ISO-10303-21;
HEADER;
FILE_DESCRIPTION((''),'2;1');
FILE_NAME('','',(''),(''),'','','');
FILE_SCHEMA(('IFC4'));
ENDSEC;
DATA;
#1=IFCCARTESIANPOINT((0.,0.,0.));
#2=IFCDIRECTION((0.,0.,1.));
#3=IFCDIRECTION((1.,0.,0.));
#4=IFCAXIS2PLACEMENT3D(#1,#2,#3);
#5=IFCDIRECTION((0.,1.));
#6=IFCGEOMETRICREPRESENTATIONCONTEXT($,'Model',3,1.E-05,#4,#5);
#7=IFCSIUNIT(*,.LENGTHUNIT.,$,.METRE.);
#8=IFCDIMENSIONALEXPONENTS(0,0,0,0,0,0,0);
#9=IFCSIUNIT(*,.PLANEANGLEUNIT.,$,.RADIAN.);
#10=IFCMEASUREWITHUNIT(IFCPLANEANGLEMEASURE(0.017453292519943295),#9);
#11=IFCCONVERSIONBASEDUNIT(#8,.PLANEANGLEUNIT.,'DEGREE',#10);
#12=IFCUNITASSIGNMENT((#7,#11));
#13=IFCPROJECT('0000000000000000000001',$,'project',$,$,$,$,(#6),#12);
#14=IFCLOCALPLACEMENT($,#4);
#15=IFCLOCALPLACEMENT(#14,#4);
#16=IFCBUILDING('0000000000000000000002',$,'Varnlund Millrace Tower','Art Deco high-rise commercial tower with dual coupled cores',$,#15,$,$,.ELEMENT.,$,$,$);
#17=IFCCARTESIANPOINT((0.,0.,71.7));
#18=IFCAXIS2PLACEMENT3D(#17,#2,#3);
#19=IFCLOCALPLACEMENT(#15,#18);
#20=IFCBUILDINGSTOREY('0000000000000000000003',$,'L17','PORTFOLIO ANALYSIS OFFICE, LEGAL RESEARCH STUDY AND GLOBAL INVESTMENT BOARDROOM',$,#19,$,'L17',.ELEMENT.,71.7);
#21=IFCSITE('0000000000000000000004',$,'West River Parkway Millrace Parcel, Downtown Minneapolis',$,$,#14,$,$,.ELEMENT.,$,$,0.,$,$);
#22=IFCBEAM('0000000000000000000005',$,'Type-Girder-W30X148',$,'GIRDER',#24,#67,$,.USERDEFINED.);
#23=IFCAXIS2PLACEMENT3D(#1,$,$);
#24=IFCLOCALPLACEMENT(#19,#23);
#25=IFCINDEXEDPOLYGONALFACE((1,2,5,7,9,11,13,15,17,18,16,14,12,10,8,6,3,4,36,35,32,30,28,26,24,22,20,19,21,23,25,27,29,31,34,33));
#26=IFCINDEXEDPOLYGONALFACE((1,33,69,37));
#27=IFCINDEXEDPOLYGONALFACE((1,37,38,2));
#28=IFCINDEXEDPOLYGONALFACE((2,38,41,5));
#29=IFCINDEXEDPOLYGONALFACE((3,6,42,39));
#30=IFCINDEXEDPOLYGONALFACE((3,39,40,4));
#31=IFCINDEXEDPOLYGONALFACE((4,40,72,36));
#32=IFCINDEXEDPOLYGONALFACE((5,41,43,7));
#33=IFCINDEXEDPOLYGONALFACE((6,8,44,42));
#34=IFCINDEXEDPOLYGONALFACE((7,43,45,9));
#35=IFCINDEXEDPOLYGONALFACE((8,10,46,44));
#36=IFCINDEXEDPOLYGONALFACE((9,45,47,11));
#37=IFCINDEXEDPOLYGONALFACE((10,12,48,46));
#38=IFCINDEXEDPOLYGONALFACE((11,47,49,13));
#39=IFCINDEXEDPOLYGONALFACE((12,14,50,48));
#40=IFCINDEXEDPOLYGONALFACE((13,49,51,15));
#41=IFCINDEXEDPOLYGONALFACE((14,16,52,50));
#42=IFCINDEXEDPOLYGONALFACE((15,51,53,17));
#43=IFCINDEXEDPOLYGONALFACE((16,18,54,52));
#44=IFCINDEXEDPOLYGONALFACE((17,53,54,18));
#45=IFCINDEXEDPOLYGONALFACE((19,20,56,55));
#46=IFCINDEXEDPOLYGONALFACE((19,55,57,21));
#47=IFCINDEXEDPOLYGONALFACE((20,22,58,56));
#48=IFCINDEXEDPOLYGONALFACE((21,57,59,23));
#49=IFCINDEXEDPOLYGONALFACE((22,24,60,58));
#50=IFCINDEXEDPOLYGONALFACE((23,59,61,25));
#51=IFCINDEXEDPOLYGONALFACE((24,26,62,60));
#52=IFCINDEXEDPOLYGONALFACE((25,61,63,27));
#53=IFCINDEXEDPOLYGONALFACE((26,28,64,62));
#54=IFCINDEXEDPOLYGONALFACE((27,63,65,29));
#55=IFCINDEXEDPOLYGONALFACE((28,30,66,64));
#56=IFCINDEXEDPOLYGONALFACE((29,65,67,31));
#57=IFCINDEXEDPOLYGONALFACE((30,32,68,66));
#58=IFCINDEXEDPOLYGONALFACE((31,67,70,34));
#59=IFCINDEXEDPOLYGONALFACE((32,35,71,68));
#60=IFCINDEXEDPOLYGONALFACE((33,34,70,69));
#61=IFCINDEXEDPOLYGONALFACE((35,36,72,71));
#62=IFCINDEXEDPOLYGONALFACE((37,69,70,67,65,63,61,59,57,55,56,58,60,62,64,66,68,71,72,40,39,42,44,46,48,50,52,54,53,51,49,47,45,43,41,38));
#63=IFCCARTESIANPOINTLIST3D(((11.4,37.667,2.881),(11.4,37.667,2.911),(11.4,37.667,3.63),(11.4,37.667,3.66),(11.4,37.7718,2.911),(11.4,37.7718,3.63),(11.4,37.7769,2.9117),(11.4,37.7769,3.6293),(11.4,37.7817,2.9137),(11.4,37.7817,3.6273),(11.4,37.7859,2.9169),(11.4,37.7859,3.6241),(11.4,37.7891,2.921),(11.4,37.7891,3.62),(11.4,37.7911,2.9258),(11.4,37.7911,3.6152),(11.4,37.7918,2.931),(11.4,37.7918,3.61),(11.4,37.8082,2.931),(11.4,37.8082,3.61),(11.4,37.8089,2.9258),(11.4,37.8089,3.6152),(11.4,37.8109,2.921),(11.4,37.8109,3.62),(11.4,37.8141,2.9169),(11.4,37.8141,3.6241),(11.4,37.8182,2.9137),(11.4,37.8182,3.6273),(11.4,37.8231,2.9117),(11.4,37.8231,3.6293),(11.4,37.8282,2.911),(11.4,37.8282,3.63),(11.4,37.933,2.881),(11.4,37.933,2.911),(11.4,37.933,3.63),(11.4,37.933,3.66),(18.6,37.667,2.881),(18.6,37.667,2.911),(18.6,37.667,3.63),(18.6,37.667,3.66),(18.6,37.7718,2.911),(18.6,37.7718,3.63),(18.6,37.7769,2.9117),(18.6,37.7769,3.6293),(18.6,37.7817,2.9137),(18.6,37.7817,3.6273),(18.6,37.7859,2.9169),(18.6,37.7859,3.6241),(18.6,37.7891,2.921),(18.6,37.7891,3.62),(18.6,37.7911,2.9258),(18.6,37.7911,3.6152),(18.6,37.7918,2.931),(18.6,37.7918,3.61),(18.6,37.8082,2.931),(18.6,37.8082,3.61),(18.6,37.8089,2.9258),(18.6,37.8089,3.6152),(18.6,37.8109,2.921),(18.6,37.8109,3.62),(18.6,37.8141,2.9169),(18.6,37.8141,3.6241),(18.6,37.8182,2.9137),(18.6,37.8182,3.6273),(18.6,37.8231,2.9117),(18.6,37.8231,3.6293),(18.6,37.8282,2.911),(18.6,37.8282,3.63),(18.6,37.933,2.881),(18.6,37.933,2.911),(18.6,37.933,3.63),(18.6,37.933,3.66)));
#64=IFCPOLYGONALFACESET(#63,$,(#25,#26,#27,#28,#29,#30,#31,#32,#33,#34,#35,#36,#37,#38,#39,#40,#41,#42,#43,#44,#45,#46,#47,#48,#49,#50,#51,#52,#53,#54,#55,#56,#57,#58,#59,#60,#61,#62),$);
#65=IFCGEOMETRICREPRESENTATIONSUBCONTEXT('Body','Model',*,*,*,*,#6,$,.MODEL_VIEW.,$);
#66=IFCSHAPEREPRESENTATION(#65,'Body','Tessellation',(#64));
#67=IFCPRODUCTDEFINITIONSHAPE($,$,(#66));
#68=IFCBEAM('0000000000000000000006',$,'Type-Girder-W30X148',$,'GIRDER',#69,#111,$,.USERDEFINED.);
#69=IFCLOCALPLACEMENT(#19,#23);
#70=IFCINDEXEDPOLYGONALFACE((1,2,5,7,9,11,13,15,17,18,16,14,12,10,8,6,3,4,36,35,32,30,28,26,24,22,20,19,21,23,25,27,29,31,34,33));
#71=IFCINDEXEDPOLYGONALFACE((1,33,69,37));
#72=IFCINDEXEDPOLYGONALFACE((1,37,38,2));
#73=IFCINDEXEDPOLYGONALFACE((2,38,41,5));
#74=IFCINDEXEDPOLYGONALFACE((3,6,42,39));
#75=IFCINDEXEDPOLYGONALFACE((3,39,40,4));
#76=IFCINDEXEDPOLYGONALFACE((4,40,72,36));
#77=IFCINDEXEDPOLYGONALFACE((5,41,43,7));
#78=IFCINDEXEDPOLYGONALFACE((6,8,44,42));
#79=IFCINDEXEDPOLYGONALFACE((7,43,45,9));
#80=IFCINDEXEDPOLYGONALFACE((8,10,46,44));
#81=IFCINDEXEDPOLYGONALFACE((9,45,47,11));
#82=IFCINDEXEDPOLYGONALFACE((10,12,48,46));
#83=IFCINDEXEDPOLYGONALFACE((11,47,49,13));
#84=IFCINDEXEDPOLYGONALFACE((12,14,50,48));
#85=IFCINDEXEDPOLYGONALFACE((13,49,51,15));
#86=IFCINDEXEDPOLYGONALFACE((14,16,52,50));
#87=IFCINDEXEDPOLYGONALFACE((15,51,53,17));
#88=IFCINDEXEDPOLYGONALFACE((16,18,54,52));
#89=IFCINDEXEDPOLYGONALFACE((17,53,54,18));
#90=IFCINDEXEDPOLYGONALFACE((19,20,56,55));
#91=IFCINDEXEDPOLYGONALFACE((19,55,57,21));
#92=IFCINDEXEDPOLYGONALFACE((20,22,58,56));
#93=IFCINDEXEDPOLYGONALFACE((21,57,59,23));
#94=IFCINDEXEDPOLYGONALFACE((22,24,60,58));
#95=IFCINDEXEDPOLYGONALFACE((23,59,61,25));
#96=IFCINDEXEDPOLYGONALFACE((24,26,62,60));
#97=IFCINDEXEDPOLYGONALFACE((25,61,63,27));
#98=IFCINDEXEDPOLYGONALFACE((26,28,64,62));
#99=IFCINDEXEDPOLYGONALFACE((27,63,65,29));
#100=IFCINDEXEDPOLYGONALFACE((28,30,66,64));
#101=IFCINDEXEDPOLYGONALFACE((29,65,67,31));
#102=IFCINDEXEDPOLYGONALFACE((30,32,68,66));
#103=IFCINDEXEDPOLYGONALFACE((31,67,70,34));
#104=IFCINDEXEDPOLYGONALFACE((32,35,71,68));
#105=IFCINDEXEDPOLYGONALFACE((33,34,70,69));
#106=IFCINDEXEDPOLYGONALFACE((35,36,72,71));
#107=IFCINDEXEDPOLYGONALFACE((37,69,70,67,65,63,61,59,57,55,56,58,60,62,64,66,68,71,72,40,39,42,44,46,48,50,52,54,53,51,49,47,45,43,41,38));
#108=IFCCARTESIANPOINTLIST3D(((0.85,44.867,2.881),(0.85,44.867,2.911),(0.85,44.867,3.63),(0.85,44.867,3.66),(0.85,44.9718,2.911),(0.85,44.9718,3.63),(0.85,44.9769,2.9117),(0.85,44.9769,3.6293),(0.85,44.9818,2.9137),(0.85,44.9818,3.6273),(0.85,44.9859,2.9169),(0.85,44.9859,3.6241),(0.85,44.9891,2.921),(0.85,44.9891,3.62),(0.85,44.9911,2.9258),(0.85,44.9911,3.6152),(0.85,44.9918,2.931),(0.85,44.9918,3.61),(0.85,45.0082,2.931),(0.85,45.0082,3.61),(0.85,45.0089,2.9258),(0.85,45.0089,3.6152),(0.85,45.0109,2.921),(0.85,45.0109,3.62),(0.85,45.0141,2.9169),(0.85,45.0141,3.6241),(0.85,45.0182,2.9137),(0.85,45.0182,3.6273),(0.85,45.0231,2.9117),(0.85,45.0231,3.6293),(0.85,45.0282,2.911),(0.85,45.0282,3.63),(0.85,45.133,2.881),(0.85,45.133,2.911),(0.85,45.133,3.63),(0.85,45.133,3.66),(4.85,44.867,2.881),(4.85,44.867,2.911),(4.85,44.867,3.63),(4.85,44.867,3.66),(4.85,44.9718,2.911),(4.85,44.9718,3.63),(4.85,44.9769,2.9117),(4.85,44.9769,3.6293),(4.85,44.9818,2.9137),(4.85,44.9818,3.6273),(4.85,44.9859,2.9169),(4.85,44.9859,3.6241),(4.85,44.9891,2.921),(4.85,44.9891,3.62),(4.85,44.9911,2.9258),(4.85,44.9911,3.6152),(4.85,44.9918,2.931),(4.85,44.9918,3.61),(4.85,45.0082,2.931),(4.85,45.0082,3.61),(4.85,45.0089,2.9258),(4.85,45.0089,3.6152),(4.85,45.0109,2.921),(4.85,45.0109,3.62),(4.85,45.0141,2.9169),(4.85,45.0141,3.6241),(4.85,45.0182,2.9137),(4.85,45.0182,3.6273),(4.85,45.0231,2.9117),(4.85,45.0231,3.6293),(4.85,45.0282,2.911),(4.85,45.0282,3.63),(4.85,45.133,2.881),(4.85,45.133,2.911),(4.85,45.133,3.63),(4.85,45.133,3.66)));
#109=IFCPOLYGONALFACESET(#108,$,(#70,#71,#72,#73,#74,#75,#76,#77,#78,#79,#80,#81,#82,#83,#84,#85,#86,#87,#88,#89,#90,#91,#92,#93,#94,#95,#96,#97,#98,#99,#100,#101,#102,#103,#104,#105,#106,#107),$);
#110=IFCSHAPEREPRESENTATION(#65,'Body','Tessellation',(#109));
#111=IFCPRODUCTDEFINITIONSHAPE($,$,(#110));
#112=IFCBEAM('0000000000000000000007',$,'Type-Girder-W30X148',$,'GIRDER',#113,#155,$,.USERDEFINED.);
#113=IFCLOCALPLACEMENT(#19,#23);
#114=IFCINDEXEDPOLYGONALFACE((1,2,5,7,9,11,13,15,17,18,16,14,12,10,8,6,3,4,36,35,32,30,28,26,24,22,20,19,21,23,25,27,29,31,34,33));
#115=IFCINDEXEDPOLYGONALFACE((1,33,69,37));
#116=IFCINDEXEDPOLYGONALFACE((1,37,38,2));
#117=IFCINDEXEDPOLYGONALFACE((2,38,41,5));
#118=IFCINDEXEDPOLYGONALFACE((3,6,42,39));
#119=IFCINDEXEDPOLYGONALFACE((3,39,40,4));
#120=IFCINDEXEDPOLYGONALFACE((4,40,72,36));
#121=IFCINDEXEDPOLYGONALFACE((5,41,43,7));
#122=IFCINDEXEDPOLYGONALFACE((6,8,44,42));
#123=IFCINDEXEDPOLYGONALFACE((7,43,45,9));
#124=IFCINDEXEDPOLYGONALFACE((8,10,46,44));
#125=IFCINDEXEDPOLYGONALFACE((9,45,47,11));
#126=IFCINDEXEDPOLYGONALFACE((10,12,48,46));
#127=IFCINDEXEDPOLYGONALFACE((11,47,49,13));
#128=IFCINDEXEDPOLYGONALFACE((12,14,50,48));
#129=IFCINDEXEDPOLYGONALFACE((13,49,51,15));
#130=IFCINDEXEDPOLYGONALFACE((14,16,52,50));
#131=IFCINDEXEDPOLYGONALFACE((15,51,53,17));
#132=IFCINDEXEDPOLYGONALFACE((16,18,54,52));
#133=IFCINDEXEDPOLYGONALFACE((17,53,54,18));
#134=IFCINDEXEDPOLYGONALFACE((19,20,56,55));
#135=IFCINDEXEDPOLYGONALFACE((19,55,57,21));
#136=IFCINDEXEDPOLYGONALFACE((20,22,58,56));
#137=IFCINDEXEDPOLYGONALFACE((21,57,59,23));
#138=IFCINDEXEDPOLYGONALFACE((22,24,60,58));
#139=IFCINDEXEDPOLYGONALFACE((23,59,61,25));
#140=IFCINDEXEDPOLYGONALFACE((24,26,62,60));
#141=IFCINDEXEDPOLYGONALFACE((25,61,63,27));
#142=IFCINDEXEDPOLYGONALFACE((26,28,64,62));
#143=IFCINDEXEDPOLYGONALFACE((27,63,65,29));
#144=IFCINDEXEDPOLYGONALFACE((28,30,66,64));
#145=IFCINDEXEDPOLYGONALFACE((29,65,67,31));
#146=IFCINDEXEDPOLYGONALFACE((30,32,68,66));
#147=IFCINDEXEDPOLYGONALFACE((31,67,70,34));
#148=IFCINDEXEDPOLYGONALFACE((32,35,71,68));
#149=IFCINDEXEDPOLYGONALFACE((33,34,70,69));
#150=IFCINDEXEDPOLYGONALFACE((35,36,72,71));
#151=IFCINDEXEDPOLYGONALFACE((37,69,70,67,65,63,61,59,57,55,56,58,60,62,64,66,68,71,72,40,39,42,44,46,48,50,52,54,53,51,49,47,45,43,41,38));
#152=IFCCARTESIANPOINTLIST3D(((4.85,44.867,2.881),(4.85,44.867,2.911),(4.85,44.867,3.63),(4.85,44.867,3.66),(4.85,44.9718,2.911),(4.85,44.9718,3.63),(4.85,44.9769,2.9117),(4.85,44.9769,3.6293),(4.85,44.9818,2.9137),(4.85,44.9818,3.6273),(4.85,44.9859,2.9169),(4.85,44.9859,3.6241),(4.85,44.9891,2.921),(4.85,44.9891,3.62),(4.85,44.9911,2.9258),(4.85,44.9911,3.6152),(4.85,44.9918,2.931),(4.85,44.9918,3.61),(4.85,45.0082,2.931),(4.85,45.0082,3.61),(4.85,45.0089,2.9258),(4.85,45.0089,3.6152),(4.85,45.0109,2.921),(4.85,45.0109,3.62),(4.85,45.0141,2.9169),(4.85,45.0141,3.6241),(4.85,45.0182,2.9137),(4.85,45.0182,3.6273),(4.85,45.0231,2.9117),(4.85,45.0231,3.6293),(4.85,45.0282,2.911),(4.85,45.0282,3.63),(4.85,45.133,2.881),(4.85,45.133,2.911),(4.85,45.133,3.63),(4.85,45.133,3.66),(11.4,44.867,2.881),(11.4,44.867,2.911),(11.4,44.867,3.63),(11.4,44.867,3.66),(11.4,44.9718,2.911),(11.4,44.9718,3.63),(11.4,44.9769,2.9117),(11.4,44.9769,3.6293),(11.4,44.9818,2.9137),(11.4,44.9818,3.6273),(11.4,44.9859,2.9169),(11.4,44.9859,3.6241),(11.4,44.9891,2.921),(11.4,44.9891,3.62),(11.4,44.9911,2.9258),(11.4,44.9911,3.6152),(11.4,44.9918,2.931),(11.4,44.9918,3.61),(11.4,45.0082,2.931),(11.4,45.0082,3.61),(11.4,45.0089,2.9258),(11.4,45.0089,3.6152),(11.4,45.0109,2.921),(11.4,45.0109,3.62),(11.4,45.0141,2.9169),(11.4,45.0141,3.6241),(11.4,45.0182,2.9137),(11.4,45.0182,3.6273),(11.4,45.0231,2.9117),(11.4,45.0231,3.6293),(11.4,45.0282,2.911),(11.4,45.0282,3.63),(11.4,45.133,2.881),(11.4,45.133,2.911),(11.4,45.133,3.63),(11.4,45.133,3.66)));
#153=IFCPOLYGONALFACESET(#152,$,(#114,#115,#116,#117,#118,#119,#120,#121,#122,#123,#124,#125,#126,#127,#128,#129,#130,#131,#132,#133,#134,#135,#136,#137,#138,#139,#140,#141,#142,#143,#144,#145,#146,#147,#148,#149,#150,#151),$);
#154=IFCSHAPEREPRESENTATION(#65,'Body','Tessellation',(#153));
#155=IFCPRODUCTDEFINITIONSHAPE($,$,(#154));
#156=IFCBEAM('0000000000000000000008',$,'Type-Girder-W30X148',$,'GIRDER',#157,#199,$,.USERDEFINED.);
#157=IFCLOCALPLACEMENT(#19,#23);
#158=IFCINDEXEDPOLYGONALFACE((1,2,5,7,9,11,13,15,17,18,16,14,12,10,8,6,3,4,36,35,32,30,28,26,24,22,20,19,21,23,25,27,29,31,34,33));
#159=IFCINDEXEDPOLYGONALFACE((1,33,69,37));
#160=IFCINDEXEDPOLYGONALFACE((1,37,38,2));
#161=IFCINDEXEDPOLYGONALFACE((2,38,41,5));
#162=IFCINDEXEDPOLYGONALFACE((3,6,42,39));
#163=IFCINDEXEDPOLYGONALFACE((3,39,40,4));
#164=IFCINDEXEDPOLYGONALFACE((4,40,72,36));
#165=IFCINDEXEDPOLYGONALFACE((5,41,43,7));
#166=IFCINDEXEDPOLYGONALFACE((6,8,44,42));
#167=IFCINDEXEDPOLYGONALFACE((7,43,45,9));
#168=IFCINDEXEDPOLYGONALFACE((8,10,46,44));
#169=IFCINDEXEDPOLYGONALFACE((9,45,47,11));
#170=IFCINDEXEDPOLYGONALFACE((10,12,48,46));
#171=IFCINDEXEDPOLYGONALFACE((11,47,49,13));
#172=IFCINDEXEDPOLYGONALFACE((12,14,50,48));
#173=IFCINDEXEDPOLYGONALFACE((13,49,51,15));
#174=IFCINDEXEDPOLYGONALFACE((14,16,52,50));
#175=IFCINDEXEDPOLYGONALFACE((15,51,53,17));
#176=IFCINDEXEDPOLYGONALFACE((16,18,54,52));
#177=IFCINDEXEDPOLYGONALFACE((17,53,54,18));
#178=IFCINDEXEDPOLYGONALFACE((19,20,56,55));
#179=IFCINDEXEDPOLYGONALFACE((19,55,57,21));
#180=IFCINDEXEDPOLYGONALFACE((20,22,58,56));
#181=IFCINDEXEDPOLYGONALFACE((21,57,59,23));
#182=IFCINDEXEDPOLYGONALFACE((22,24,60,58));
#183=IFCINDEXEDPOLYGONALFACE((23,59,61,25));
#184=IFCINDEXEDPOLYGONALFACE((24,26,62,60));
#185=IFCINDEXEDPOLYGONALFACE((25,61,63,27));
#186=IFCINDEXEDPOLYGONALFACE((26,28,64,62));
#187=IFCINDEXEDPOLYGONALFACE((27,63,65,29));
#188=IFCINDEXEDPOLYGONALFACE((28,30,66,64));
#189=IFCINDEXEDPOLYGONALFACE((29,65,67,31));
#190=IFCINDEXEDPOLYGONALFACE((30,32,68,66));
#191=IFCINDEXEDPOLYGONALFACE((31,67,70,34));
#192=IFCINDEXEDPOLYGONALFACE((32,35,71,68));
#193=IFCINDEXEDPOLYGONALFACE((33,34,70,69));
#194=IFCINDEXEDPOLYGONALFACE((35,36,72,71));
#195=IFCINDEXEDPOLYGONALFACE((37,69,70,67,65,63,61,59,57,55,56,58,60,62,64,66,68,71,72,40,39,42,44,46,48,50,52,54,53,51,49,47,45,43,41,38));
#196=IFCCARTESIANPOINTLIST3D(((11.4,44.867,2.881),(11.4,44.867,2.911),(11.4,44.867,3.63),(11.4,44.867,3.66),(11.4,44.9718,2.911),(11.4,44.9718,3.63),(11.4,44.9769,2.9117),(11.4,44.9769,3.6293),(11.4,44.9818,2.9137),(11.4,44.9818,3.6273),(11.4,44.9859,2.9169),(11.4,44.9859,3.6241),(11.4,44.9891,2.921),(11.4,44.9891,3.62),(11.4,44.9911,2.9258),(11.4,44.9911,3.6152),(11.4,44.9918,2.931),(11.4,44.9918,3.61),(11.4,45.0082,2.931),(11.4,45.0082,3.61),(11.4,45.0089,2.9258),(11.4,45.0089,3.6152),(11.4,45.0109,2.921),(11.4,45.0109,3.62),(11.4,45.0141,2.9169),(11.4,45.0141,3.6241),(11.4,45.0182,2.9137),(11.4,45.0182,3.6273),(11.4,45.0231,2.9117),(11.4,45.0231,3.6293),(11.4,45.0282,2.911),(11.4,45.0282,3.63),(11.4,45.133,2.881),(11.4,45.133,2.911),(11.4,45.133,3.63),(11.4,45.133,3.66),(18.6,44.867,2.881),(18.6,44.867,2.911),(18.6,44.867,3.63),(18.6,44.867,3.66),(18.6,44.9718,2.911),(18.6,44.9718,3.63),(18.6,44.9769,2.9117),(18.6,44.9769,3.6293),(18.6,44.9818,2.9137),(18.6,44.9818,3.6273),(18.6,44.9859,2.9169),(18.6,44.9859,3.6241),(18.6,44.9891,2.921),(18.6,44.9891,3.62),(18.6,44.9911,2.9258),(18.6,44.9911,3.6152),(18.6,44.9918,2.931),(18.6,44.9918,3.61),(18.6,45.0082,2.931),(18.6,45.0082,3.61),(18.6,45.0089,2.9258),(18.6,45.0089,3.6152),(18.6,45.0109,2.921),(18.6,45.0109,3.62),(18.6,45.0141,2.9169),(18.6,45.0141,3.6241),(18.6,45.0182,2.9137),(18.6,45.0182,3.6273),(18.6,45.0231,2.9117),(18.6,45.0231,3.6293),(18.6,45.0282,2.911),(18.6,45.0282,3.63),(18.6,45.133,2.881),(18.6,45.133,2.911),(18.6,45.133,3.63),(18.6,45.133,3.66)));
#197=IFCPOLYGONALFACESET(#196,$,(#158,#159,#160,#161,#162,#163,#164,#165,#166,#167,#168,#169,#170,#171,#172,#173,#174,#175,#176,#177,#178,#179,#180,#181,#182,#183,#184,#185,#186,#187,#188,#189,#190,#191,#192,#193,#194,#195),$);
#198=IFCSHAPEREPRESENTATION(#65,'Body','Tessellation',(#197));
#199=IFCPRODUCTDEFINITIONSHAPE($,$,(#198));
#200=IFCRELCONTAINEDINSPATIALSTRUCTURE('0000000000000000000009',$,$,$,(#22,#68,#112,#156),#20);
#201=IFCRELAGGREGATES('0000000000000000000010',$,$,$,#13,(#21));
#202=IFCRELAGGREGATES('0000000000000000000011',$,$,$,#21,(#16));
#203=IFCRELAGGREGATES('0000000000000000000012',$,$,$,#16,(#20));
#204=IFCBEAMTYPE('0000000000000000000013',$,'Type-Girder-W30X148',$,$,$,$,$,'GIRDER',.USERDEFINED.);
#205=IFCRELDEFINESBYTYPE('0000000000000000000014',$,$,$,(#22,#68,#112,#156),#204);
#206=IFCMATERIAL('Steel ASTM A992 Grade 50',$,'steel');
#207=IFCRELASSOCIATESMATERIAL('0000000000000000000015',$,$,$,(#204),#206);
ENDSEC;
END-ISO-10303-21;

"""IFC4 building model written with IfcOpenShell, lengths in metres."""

from ifc_helpers import new_model, entity, si_unit, converted_unit, direction, frame, origin_with_axes, origin_2d_with_axis, place, context, subcontext, project, spatial, i_section, extrude, material, material_profile, profile_set, type_object, element, save


model = new_model("IFC4")

# Units and contexts
model_context = context("Model", 3, precision=1e-05, world=origin_with_axes(), true_north=direction((0.0, 1.0)))
body_context = subcontext(model_context, "Body", "Model", "MODEL_VIEW")
ifc_project = project(units=[si_unit("LENGTHUNIT", "METRE"), converted_unit("PLANEANGLEUNIT", "DEGREE", entity("IfcPlaneAngleMeasure", 0.017453292519943295), si_unit("PLANEANGLEUNIT", "RADIAN"), dimensions=[0, 0, 0, 0, 0, 0, 0])], contexts=[model_context])

# Site, building, storey
site_placement = place(None, origin_with_axes())
site = spatial("IfcSite", under=ifc_project, at=site_placement, Name="West River Parkway Millrace Parcel, Downtown Minneapolis", CompositionType="ELEMENT", RefElevation=0.0)
building_placement = place(site_placement, origin_with_axes())
building = spatial("IfcBuilding", under=site, at=building_placement, Name="Varnlund Millrace Tower", Description="Art Deco high-rise commercial tower with dual coupled cores", CompositionType="ELEMENT")
storey_placement = place(building_placement, frame((0.0, 0.0, 71.7), z_axis=(0.0, 0.0, 1.0), x_axis=(1.0, 0.0, 0.0)))
storey = spatial("IfcBuildingStorey", under=building, at=storey_placement, Name="L17", Description="PORTFOLIO ANALYSIS OFFICE, LEGAL RESEARCH STUDY AND GLOBAL INVESTMENT BOARDROOM", LongName="L17", CompositionType="ELEMENT", Elevation=71.7)

# Beams
ifc_material_1 = material(Name="Steel ASTM A992 Grade 50", Category="steel")
ifc_material_profile_1 = material_profile(ifc_material_1, i_section(OverallWidth=0.266, OverallDepth=0.779, WebThickness=0.0165, FlangeThickness=0.03, FilletRadius=0.02, at=origin_2d_with_axis()), Name="Steel ASTM A992 Grade 50")
ifc_profile_set_1 = profile_set([ifc_material_profile_1], Name="Steel ASTM A992 Grade 50")
beam_type_1 = type_object("IfcBeamType", Name="Type-Girder-W30X148", ElementType="GIRDER", PredefinedType="USERDEFINED", material=ifc_profile_set_1)
beam_1_placement = place(storey_placement, frame((11.4, 37.8, 3.2705), z_axis=(1.0, 0.0, 0.0), x_axis=(0.0, 1.0, 0.0)))
element("IfcBeam", 1, at=beam_1_placement, inside=storey, type_object=beam_type_1, Name="Type-Girder-W30X148", ObjectType="GIRDER", PredefinedType="USERDEFINED", context=body_context, shape_type="SweptSolid", body=[
    extrude(i_section(OverallWidth=0.266, OverallDepth=0.779, WebThickness=0.0165, FlangeThickness=0.03, FilletRadius=0.02, at=origin_2d_with_axis()), origin_with_axes(), (0.0, 0.0, 1.0), 7.2),
])
beam_2_placement = place(storey_placement, frame((0.85, 45.0, 3.2705), z_axis=(1.0, 0.0, 0.0), x_axis=(0.0, 1.0, 0.0)))
element("IfcBeam", 2, at=beam_2_placement, inside=storey, type_object=beam_type_1, Name="Type-Girder-W30X148", ObjectType="GIRDER", PredefinedType="USERDEFINED", context=body_context, shape_type="SweptSolid", body=[
    extrude(i_section(OverallWidth=0.266, OverallDepth=0.779, WebThickness=0.0165, FlangeThickness=0.03, FilletRadius=0.02, at=origin_2d_with_axis()), origin_with_axes(), (0.0, 0.0, 1.0), 4.0),
])
beam_3_placement = place(storey_placement, frame((4.85, 45.0, 3.2705), z_axis=(1.0, 0.0, 0.0), x_axis=(0.0, 1.0, 0.0)))
element("IfcBeam", 3, at=beam_3_placement, inside=storey, type_object=beam_type_1, Name="Type-Girder-W30X148", ObjectType="GIRDER", PredefinedType="USERDEFINED", context=body_context, shape_type="SweptSolid", body=[
    extrude(i_section(OverallWidth=0.266, OverallDepth=0.779, WebThickness=0.0165, FlangeThickness=0.03, FilletRadius=0.02, at=origin_2d_with_axis()), origin_with_axes(), (0.0, 0.0, 1.0), 6.55),
])
beam_4_placement = place(storey_placement, frame((11.4, 45.0, 3.2705), z_axis=(1.0, 0.0, 0.0), x_axis=(0.0, 1.0, 0.0)))
element("IfcBeam", 4, at=beam_4_placement, inside=storey, type_object=beam_type_1, Name="Type-Girder-W30X148", ObjectType="GIRDER", PredefinedType="USERDEFINED", context=body_context, shape_type="SweptSolid", body=[
    extrude(i_section(OverallWidth=0.266, OverallDepth=0.779, WebThickness=0.0165, FlangeThickness=0.03, FilletRadius=0.02, at=origin_2d_with_axis()), origin_with_axes(), (0.0, 0.0, 1.0), 7.2),
])

save(model, "model.ifc")
